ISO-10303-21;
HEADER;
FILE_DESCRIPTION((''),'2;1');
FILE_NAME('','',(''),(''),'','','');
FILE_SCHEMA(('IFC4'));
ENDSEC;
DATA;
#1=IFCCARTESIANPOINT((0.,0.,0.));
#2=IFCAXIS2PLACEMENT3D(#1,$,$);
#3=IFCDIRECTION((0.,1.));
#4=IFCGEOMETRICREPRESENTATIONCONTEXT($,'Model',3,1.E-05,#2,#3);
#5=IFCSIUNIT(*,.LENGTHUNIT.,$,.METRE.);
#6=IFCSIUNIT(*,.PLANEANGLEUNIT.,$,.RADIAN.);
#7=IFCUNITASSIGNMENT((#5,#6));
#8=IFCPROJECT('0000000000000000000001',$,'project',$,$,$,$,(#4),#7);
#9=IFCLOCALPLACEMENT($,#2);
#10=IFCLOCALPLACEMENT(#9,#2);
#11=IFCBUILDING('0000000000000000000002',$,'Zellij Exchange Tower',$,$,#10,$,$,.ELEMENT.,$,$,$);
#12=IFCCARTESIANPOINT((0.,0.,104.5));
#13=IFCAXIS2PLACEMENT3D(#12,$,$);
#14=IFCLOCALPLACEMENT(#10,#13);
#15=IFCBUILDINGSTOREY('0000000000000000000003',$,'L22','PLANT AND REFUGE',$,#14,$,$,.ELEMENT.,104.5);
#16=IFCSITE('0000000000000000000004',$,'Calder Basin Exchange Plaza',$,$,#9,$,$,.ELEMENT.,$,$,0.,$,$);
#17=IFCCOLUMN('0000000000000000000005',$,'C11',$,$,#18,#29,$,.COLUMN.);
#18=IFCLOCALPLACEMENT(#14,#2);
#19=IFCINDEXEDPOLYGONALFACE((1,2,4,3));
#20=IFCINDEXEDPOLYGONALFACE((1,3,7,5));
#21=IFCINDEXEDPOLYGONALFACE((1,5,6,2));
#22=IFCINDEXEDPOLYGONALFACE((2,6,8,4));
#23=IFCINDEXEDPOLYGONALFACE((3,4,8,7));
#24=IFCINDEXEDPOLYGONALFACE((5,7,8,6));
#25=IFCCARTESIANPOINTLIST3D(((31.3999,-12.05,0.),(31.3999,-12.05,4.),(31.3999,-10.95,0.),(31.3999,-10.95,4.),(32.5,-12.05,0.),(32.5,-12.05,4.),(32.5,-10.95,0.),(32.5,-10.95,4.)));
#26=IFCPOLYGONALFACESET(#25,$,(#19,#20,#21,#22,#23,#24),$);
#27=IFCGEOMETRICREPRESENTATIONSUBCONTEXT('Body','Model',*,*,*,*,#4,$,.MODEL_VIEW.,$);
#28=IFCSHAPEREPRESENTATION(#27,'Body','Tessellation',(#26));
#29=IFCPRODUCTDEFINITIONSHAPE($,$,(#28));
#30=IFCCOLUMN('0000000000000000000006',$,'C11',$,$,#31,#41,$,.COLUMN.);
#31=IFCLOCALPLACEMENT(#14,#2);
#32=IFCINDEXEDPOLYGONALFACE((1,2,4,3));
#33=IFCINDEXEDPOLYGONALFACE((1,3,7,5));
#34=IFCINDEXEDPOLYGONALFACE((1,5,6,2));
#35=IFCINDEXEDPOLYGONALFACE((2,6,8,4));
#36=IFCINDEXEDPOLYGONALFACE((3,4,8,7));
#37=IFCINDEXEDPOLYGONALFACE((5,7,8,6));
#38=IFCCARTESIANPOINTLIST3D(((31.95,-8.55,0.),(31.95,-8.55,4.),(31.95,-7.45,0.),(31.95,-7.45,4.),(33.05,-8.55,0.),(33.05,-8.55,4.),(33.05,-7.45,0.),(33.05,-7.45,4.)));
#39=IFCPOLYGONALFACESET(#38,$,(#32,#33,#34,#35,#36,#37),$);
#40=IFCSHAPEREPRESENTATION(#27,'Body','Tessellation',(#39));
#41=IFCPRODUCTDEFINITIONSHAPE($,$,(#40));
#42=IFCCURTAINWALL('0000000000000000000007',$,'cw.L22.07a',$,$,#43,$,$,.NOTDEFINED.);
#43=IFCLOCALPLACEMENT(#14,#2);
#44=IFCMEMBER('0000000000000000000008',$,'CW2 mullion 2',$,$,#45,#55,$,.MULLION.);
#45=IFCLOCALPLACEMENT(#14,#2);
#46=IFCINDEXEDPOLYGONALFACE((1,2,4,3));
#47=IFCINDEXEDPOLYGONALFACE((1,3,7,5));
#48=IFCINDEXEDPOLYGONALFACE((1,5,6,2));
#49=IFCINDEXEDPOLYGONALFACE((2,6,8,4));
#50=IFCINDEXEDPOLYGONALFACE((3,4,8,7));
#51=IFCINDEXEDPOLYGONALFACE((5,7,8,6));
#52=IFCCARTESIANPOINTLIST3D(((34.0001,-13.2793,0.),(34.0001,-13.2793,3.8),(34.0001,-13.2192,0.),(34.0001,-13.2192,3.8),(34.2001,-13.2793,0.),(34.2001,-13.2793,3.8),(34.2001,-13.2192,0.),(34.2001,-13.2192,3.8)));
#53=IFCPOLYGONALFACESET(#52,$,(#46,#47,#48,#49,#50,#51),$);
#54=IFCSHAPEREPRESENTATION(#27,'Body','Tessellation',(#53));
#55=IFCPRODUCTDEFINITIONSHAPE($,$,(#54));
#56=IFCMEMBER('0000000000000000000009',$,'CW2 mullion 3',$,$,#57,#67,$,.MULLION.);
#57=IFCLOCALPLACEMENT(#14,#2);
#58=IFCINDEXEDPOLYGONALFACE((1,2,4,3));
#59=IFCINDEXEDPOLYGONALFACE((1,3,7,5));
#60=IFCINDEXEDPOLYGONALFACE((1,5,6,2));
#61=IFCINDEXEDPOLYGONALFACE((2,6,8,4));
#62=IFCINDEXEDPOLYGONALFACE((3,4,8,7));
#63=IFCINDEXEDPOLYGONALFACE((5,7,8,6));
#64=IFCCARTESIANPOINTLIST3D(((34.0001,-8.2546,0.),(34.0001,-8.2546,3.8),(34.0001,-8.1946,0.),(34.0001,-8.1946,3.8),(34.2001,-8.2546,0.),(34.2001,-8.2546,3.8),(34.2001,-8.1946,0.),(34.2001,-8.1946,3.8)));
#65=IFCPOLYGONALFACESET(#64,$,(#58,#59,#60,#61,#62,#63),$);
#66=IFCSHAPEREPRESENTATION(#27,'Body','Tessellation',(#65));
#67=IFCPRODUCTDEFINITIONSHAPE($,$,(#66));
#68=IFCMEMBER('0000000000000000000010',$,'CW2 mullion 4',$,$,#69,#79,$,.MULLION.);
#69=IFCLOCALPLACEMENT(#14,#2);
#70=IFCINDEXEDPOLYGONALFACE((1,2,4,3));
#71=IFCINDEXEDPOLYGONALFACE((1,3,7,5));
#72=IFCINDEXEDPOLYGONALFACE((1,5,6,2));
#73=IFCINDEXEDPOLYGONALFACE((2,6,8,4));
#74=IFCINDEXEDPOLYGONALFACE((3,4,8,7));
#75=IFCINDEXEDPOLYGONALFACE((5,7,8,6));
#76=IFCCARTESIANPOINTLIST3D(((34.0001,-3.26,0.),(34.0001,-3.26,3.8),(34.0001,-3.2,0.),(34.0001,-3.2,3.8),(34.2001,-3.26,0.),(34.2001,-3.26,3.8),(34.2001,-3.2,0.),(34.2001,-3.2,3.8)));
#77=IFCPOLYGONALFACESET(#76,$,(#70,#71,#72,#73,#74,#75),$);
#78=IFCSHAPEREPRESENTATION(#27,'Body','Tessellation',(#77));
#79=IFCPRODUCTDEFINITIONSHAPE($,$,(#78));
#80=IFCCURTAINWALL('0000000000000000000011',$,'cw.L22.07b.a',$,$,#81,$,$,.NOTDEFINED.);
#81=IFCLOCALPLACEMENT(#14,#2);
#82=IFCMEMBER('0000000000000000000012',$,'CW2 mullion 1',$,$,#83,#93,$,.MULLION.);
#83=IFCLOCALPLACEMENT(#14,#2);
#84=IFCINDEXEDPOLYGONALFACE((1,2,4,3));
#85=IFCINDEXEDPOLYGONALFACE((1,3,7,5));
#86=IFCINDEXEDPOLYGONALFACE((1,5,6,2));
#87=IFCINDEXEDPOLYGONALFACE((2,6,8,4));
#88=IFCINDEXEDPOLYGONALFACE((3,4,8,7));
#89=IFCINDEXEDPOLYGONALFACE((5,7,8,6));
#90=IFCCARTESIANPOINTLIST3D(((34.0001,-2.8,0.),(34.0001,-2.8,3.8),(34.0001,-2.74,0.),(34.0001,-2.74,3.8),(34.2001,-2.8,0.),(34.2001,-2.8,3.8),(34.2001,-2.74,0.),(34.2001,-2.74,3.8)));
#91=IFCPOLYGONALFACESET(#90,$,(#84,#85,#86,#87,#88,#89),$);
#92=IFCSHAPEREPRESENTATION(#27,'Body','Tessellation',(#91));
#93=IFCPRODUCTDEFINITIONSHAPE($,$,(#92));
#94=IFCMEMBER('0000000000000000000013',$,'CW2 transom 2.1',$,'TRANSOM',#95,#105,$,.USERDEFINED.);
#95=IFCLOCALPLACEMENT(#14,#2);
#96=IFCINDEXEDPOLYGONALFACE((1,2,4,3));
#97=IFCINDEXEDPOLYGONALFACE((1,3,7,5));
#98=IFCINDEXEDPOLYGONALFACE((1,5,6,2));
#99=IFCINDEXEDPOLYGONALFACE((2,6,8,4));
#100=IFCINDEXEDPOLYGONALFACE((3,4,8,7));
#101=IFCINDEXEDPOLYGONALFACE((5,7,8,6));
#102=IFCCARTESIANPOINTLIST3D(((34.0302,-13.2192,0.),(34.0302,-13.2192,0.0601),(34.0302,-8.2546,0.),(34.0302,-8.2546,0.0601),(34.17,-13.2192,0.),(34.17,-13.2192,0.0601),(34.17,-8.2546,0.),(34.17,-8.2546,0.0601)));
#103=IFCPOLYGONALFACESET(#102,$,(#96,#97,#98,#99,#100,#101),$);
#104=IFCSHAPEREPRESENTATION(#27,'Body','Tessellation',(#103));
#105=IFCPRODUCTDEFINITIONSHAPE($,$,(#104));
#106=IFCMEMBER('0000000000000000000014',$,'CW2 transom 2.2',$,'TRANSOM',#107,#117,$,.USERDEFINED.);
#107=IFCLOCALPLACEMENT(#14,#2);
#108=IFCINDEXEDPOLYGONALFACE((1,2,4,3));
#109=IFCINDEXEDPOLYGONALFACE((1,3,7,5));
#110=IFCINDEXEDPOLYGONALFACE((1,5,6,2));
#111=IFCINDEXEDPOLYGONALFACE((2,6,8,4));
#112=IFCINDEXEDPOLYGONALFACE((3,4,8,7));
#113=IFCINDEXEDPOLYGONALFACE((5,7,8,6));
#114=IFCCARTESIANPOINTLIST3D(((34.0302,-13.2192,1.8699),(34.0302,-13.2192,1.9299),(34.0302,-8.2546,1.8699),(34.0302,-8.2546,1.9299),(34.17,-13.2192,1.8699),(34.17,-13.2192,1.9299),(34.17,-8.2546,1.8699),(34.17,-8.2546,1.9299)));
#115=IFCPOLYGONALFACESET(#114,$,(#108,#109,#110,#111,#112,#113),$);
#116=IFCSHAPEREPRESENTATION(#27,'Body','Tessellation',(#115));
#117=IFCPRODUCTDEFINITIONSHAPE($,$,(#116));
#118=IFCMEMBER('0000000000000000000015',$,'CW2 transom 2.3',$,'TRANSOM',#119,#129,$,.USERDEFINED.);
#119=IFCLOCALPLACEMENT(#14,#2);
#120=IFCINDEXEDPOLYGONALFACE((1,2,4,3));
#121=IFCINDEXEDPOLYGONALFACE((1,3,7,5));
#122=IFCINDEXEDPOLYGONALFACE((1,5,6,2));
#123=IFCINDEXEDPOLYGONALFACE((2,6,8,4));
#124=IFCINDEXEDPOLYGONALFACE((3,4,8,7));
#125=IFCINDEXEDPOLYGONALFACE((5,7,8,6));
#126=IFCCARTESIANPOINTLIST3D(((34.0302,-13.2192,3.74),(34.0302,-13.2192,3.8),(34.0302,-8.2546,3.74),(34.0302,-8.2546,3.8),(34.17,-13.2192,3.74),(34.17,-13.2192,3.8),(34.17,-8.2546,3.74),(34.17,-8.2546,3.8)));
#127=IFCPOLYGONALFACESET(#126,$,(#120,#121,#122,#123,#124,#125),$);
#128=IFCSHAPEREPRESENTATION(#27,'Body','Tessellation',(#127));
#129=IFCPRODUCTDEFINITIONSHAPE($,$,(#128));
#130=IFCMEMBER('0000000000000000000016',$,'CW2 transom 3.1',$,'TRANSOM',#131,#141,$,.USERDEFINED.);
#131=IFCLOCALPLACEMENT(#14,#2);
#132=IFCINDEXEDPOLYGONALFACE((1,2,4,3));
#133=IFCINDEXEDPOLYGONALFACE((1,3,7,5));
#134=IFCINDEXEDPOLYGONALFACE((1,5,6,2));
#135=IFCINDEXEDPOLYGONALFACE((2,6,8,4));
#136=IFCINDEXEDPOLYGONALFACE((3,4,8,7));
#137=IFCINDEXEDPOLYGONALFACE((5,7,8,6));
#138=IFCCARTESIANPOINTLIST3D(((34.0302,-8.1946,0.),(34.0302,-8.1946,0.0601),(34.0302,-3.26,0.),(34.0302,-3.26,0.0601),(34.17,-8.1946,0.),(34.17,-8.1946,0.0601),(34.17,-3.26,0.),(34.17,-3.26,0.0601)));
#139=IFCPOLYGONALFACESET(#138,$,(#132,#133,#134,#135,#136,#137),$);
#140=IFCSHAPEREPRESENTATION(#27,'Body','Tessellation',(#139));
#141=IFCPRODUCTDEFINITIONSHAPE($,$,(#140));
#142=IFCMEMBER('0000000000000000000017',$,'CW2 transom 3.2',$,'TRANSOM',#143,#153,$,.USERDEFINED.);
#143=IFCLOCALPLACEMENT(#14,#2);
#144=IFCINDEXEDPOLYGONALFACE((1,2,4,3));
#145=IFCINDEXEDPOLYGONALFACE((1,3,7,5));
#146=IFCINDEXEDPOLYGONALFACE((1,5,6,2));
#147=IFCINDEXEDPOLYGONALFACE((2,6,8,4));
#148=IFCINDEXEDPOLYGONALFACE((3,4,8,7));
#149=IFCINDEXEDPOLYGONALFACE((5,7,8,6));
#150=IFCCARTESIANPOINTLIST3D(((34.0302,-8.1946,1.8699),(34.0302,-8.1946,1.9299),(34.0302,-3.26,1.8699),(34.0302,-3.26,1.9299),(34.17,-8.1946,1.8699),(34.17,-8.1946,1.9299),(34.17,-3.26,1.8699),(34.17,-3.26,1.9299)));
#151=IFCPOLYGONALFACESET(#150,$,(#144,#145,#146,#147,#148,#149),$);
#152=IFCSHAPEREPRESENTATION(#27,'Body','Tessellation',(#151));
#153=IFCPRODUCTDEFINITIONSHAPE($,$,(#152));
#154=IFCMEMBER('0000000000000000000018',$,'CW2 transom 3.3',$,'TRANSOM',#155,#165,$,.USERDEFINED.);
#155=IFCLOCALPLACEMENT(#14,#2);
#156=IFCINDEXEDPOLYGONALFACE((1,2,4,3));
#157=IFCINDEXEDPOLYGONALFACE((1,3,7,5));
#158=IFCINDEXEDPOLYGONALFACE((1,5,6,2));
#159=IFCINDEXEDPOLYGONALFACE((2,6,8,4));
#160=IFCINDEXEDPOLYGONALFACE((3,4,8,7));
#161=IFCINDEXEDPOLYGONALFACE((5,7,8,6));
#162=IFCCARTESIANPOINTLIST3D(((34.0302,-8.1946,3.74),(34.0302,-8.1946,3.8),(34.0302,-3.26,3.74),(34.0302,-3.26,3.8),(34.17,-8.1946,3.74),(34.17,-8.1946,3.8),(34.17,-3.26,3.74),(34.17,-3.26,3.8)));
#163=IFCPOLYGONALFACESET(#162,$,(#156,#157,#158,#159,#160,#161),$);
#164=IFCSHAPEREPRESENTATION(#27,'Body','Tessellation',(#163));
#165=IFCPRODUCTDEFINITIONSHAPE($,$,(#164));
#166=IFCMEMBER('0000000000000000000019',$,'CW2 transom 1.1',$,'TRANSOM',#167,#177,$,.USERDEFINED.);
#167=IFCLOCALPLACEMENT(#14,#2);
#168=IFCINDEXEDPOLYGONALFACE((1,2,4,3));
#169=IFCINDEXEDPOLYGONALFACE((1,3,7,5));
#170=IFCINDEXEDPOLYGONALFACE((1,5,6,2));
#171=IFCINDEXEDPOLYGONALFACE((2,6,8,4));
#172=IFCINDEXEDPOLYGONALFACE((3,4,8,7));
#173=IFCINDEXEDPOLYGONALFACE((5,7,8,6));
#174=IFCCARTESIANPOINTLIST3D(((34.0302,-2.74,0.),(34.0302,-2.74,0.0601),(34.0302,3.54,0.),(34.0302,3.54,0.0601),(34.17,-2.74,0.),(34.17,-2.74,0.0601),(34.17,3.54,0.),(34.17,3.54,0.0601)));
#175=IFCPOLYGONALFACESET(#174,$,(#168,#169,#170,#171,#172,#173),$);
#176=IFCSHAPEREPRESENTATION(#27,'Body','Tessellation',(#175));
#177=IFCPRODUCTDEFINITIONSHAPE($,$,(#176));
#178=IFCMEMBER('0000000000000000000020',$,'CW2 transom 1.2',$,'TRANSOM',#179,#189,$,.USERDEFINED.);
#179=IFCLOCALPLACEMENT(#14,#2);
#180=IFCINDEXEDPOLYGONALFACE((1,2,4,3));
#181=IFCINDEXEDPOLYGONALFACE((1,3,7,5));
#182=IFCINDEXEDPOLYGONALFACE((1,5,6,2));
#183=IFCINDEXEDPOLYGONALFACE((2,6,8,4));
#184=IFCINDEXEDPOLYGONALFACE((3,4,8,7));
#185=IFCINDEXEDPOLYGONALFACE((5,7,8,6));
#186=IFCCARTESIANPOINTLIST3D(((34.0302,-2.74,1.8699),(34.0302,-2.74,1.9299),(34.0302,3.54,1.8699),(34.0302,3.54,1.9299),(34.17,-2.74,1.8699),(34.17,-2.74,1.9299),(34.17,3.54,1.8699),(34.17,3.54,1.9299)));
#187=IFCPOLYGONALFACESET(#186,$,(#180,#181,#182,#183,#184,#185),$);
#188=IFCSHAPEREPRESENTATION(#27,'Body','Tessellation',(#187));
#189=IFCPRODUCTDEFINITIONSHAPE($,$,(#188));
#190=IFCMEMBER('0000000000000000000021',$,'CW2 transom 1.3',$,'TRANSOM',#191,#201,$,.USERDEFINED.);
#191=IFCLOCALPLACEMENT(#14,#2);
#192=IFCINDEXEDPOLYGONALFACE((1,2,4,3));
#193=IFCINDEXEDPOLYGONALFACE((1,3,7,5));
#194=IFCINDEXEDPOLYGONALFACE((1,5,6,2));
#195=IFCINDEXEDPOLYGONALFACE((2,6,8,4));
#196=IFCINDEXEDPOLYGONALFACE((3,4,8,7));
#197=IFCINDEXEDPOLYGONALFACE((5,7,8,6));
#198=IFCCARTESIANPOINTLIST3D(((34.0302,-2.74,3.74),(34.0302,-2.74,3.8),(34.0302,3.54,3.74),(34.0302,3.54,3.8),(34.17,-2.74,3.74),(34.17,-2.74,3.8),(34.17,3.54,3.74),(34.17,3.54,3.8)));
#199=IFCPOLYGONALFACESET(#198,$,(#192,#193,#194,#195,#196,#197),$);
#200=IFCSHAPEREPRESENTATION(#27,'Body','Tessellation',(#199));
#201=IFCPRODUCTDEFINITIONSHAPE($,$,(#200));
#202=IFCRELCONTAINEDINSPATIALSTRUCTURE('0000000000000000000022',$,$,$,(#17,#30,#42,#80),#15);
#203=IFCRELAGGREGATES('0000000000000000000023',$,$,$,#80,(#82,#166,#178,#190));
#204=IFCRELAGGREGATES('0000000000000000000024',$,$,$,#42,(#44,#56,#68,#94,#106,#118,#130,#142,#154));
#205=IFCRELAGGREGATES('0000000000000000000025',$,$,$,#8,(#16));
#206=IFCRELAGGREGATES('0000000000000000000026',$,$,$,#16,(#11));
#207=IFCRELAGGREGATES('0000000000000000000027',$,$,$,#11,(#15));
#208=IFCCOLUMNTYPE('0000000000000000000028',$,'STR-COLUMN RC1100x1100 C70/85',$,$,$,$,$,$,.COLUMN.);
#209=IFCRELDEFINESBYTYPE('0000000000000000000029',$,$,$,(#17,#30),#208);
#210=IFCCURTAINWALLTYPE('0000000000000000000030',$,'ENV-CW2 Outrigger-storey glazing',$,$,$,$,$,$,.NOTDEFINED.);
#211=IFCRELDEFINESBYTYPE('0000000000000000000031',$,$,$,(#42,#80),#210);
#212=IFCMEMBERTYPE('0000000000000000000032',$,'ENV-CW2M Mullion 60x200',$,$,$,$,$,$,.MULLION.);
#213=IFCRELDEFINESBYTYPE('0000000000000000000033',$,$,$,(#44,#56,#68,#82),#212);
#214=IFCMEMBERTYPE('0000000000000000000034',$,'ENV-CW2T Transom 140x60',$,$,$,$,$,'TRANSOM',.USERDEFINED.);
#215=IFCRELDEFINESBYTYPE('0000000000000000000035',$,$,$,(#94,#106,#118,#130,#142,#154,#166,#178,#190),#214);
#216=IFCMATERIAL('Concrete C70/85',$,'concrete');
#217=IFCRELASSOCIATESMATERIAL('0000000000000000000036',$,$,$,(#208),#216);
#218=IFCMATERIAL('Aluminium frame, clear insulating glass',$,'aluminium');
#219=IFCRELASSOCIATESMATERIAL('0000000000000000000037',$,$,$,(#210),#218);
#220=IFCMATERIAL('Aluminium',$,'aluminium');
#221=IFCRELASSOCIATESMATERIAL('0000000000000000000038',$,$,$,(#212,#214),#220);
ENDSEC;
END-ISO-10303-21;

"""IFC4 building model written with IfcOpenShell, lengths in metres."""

from ifc_helpers import new_model, si_unit, direction, frame, origin, origin_2d, place, context, subcontext, project, spatial, rectangle, extrude, material, material_profile, profile_set, type_object, element, aggregate, save


model = new_model("IFC4")

# Units and contexts
model_context = context("Model", 3, precision=1e-05, world=origin(), true_north=direction((0.0, 1.0)))
body_context = subcontext(model_context, "Body", "Model", "MODEL_VIEW")
ifc_project = project(units=[si_unit("LENGTHUNIT", "METRE"), si_unit("PLANEANGLEUNIT", "RADIAN")], contexts=[model_context])

# Site, building, storey
site_placement = place(None, origin())
site = spatial("IfcSite", under=ifc_project, at=site_placement, Name="Calder Basin Exchange Plaza", CompositionType="ELEMENT", RefElevation=0.0)
building_placement = place(site_placement, origin())
building = spatial("IfcBuilding", under=site, at=building_placement, Name="Zellij Exchange Tower", CompositionType="ELEMENT")
storey_placement = place(building_placement, frame((0.0, 0.0, 104.5)))
storey = spatial("IfcBuildingStorey", under=building, at=storey_placement, Name="L22", Description="PLANT AND REFUGE", CompositionType="ELEMENT", Elevation=104.5)

# Columns
ifc_material_1 = material(Name="Concrete C70/85", Category="concrete")
ifc_material_profile_1 = material_profile(ifc_material_1, rectangle(XDim=1.1001, YDim=1.1001, at=origin_2d()), Name="STR-COLUMN RC1100x1100 C70/85")
ifc_profile_set_1 = profile_set([ifc_material_profile_1], Name="Concrete C70/85")
column_type = type_object("IfcColumnType", Name="STR-COLUMN RC1100x1100 C70/85", PredefinedType="COLUMN", material=ifc_profile_set_1)
for number, where, z_axis, x_axis, name in (
    (1, (31.95, -11.5, 0.0), (0.0, 0.0, 1.0), (1.0, 0.0, 0.0), "C11"),
    (2, (32.5, -8.0, 0.0), (0.0, 0.0, 1.0), (1.0, 0.0, 0.0), "C11"),
):
    element("IfcColumn", number, at=place(storey_placement, frame(where, z_axis=z_axis, x_axis=x_axis)), inside=storey, type_object=column_type, Name=name, PredefinedType="COLUMN", context=body_context, shape_type="SweptSolid", body=[
        extrude(rectangle(XDim=1.1001, YDim=1.1001, at=origin_2d()), origin(), (0.0, 0.0, 1.0), 4.0),
    ])

# Curtain wall, members
ifc_material_2 = material(Name="Aluminium frame, clear insulating glass", Category="aluminium")
curtain_wall_type = type_object("IfcCurtainWallType", Name="ENV-CW2 Outrigger-storey glazing", PredefinedType="NOTDEFINED", material=ifc_material_2)
curtain_wall_1_placement = place(storey_placement, origin())
curtain_wall_1 = element("IfcCurtainWall", 3, at=curtain_wall_1_placement, inside=storey, type_object=curtain_wall_type, Name="cw.L22.07a", PredefinedType="NOTDEFINED")
ifc_material_3 = material(Name="Aluminium", Category="aluminium")
ifc_material_profile_2 = material_profile(ifc_material_3, rectangle(XDim=0.0601, YDim=0.2, at=origin_2d()), Name="AL 60x200")
ifc_profile_set_2 = profile_set([ifc_material_profile_2], Name="Aluminium")
member_type_1 = type_object("IfcMemberType", Name="ENV-CW2M Mullion 60x200", PredefinedType="MULLION", material=ifc_profile_set_2)
member_1_placement = place(storey_placement, frame((34.1001, -13.2493, 0.0), z_axis=(0.0, 0.0, 1.0), x_axis=(0.0, 1.0, 0.0)))
member_1 = element("IfcMember", 4, at=member_1_placement, type_object=member_type_1, Name="CW2 mullion 2", PredefinedType="MULLION", context=body_context, shape_type="SweptSolid", body=[
    extrude(rectangle(XDim=0.0601, YDim=0.2, at=origin_2d()), origin(), (0.0, 0.0, 1.0), 3.8),
])
member_2_placement = place(storey_placement, frame((34.1001, -8.2246, 0.0), z_axis=(0.0, 0.0, 1.0), x_axis=(0.0, 1.0, 0.0)))
member_2 = element("IfcMember", 5, at=member_2_placement, type_object=member_type_1, Name="CW2 mullion 3", PredefinedType="MULLION", context=body_context, shape_type="SweptSolid", body=[
    extrude(rectangle(XDim=0.0601, YDim=0.2, at=origin_2d()), origin(), (0.0, 0.0, 1.0), 3.8),
])
member_3_placement = place(storey_placement, frame((34.1001, -3.23, 0.0), z_axis=(0.0, 0.0, 1.0), x_axis=(0.0, 1.0, 0.0)))
member_3 = element("IfcMember", 6, at=member_3_placement, type_object=member_type_1, Name="CW2 mullion 4", PredefinedType="MULLION", context=body_context, shape_type="SweptSolid", body=[
    extrude(rectangle(XDim=0.0601, YDim=0.2, at=origin_2d()), origin(), (0.0, 0.0, 1.0), 3.8),
])

# Curtain wall, member
curtain_wall_2_placement = place(storey_placement, origin())
curtain_wall_2 = element("IfcCurtainWall", 7, at=curtain_wall_2_placement, inside=storey, type_object=curtain_wall_type, Name="cw.L22.07b.a", PredefinedType="NOTDEFINED")
member_4_placement = place(storey_placement, frame((34.1001, -2.77, 0.0), z_axis=(0.0, 0.0, 1.0), x_axis=(0.0, 1.0, 0.0)))
member_4 = element("IfcMember", 8, at=member_4_placement, type_object=member_type_1, Name="CW2 mullion 1", PredefinedType="MULLION", context=body_context, shape_type="SweptSolid", body=[
    extrude(rectangle(XDim=0.0601, YDim=0.2, at=origin_2d()), origin(), (0.0, 0.0, 1.0), 3.8),
])

# Members
ifc_material_profile_3 = material_profile(ifc_material_3, rectangle(XDim=0.1399, YDim=0.0601, at=origin_2d()), Name="AL 140x60")
ifc_profile_set_3 = profile_set([ifc_material_profile_3], Name="Aluminium")
member_type_2 = type_object("IfcMemberType", Name="ENV-CW2T Transom 140x60", ElementType="TRANSOM", PredefinedType="USERDEFINED", material=ifc_profile_set_3)
member_5_placement = place(storey_placement, frame((34.1001, -13.2192, 0.03), z_axis=(0.0, 1.0, 0.0), x_axis=(-1.0, 0.0, 0.0)))
member_5 = element("IfcMember", 9, at=member_5_placement, type_object=member_type_2, Name="CW2 transom 2.1", ObjectType="TRANSOM", PredefinedType="USERDEFINED", context=body_context, shape_type="SweptSolid", body=[
    extrude(rectangle(XDim=0.1399, YDim=0.0601, at=origin_2d()), origin(), (0.0, 0.0, 1.0), 4.9646),
])
member_6_placement = place(storey_placement, frame((34.1001, -13.2192, 1.8999), z_axis=(0.0, 1.0, 0.0), x_axis=(-1.0, 0.0, 0.0)))
member_6 = element("IfcMember", 10, at=member_6_placement, type_object=member_type_2, Name="CW2 transom 2.2", ObjectType="TRANSOM", PredefinedType="USERDEFINED", context=body_context, shape_type="SweptSolid", body=[
    extrude(rectangle(XDim=0.1399, YDim=0.0601, at=origin_2d()), origin(), (0.0, 0.0, 1.0), 4.9646),
])
member_7_placement = place(storey_placement, frame((34.1001, -13.2192, 3.77), z_axis=(0.0, 1.0, 0.0), x_axis=(-1.0, 0.0, 0.0)))
member_7 = element("IfcMember", 11, at=member_7_placement, type_object=member_type_2, Name="CW2 transom 2.3", ObjectType="TRANSOM", PredefinedType="USERDEFINED", context=body_context, shape_type="SweptSolid", body=[
    extrude(rectangle(XDim=0.1399, YDim=0.0601, at=origin_2d()), origin(), (0.0, 0.0, 1.0), 4.9646),
])
member_8_placement = place(storey_placement, frame((34.1001, -8.1946, 0.03), z_axis=(0.0, 1.0, 0.0), x_axis=(-1.0, 0.0, 0.0)))
member_8 = element("IfcMember", 12, at=member_8_placement, type_object=member_type_2, Name="CW2 transom 3.1", ObjectType="TRANSOM", PredefinedType="USERDEFINED", context=body_context, shape_type="SweptSolid", body=[
    extrude(rectangle(XDim=0.1399, YDim=0.0601, at=origin_2d()), origin(), (0.0, 0.0, 1.0), 4.9346),
])
member_9_placement = place(storey_placement, frame((34.1001, -8.1946, 1.8999), z_axis=(0.0, 1.0, 0.0), x_axis=(-1.0, 0.0, 0.0)))
member_9 = element("IfcMember", 13, at=member_9_placement, type_object=member_type_2, Name="CW2 transom 3.2", ObjectType="TRANSOM", PredefinedType="USERDEFINED", context=body_context, shape_type="SweptSolid", body=[
    extrude(rectangle(XDim=0.1399, YDim=0.0601, at=origin_2d()), origin(), (0.0, 0.0, 1.0), 4.9346),
])
member_10_placement = place(storey_placement, frame((34.1001, -8.1946, 3.77), z_axis=(0.0, 1.0, 0.0), x_axis=(-1.0, 0.0, 0.0)))
member_10 = element("IfcMember", 14, at=member_10_placement, type_object=member_type_2, Name="CW2 transom 3.3", ObjectType="TRANSOM", PredefinedType="USERDEFINED", context=body_context, shape_type="SweptSolid", body=[
    extrude(rectangle(XDim=0.1399, YDim=0.0601, at=origin_2d()), origin(), (0.0, 0.0, 1.0), 4.9346),
])
member_11_placement = place(storey_placement, frame((34.1001, -2.74, 0.03), z_axis=(0.0, 1.0, 0.0), x_axis=(-1.0, 0.0, 0.0)))
member_11 = element("IfcMember", 15, at=member_11_placement, type_object=member_type_2, Name="CW2 transom 1.1", ObjectType="TRANSOM", PredefinedType="USERDEFINED", context=body_context, shape_type="SweptSolid", body=[
    extrude(rectangle(XDim=0.1399, YDim=0.0601, at=origin_2d()), origin(), (0.0, 0.0, 1.0), 6.28),
])
member_12_placement = place(storey_placement, frame((34.1001, -2.74, 1.8999), z_axis=(0.0, 1.0, 0.0), x_axis=(-1.0, 0.0, 0.0)))
member_12 = element("IfcMember", 16, at=member_12_placement, type_object=member_type_2, Name="CW2 transom 1.2", ObjectType="TRANSOM", PredefinedType="USERDEFINED", context=body_context, shape_type="SweptSolid", body=[
    extrude(rectangle(XDim=0.1399, YDim=0.0601, at=origin_2d()), origin(), (0.0, 0.0, 1.0), 6.28),
])
member_13_placement = place(storey_placement, frame((34.1001, -2.74, 3.77), z_axis=(0.0, 1.0, 0.0), x_axis=(-1.0, 0.0, 0.0)))
member_13 = element("IfcMember", 17, at=member_13_placement, type_object=member_type_2, Name="CW2 transom 1.3", ObjectType="TRANSOM", PredefinedType="USERDEFINED", context=body_context, shape_type="SweptSolid", body=[
    extrude(rectangle(XDim=0.1399, YDim=0.0601, at=origin_2d()), origin(), (0.0, 0.0, 1.0), 6.28),
])
aggregate(curtain_wall_2, [member_4, member_11, member_12, member_13])

aggregate(curtain_wall_1, [member_1, member_2, member_3, member_5, member_6, member_7, member_8, member_9, member_10])

save(model, "model.ifc")
